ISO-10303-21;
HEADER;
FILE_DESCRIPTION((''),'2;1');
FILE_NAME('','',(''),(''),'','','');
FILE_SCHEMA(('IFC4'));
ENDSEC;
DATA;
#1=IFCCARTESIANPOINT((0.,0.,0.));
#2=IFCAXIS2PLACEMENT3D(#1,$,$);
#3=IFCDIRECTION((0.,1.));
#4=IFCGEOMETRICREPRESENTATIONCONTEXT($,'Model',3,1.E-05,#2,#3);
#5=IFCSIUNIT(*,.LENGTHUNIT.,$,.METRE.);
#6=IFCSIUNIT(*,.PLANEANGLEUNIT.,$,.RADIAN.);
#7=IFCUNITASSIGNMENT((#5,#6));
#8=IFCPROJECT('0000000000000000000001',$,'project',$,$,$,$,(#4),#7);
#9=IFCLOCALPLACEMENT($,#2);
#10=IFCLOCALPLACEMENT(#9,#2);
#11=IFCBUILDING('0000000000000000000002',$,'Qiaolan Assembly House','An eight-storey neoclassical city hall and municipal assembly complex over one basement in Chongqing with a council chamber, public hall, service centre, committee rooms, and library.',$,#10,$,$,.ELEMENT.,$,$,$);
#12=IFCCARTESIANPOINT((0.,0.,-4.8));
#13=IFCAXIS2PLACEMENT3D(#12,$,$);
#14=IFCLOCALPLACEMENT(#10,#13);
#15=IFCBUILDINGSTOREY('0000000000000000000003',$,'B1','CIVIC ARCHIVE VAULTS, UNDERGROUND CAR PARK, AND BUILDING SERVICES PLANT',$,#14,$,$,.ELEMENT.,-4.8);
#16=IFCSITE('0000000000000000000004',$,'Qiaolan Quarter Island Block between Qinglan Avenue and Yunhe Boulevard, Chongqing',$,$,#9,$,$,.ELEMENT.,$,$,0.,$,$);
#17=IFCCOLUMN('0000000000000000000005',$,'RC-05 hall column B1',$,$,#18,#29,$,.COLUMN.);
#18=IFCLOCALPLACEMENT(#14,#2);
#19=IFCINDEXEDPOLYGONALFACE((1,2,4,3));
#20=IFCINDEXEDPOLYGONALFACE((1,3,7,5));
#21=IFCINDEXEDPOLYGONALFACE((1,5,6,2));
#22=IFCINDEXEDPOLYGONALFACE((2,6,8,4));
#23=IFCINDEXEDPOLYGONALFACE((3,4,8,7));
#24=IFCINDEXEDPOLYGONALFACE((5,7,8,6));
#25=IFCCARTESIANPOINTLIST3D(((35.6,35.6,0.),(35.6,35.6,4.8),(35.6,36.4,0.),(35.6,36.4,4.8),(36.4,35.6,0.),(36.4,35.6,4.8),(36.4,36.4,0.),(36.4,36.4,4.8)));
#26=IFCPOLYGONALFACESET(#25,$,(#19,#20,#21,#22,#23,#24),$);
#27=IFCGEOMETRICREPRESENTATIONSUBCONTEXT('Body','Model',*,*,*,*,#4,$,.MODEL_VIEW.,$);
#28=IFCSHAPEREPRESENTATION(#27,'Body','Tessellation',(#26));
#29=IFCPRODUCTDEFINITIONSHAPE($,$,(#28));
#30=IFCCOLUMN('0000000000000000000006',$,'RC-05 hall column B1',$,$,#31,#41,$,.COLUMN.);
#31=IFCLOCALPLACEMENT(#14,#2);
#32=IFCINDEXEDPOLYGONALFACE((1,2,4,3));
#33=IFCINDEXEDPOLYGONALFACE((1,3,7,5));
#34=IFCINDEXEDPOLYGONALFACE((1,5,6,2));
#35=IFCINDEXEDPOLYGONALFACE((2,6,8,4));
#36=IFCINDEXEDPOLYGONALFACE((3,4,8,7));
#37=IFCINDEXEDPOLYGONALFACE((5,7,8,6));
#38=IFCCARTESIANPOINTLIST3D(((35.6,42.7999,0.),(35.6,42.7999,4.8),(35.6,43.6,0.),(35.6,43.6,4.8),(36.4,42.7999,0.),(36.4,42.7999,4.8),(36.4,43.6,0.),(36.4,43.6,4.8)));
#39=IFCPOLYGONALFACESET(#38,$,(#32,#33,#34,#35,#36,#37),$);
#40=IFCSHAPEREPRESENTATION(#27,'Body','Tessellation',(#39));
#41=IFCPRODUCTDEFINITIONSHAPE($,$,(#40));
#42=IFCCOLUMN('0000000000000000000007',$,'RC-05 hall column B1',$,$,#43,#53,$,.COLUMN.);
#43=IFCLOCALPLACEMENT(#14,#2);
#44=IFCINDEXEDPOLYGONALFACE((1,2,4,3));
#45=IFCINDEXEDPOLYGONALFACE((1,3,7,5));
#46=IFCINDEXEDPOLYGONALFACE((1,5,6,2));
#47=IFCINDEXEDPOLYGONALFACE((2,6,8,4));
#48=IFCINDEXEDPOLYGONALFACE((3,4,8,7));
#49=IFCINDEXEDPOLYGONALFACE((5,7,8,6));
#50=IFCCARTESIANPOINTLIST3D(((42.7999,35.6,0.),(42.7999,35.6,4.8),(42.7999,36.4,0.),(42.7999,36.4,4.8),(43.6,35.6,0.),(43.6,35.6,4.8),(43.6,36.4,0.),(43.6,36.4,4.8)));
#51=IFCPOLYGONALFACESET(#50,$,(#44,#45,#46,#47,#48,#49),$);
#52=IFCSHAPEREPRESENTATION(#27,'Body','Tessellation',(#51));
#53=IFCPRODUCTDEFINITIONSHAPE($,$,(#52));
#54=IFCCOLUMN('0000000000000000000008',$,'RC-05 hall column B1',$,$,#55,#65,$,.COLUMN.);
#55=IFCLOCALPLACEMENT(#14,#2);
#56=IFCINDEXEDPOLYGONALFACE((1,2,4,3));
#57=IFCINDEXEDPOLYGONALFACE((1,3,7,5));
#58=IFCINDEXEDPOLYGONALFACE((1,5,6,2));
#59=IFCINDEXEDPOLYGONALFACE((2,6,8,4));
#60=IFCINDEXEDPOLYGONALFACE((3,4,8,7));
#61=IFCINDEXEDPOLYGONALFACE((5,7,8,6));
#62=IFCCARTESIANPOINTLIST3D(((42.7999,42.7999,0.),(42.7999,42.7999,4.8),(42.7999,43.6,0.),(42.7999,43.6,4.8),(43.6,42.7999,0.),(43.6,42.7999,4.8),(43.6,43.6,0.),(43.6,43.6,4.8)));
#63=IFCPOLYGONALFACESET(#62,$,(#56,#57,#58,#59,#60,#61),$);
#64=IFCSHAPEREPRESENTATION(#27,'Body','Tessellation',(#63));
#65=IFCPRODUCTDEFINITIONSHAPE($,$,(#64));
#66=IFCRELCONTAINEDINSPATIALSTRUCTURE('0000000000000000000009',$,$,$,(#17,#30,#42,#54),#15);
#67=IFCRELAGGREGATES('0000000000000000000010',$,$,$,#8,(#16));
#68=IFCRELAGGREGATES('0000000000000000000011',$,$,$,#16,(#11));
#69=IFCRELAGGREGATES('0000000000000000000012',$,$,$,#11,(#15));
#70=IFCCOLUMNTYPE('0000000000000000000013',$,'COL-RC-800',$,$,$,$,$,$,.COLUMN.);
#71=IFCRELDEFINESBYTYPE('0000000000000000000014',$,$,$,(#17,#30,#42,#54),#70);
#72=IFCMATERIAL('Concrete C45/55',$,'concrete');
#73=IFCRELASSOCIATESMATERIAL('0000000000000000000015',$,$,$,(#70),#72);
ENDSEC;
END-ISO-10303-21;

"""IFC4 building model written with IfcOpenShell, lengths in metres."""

from ifc_helpers import new_model, si_unit, direction, frame, origin, origin_2d, place, context, subcontext, project, spatial, rectangle, extrude, material, material_profile, profile_set, type_object, element, save


model = new_model("IFC4")

# Units and contexts
model_context = context("Model", 3, precision=1e-05, world=origin(), true_north=direction((0.0, 1.0)))
body_context = subcontext(model_context, "Body", "Model", "MODEL_VIEW")
ifc_project = project(units=[si_unit("LENGTHUNIT", "METRE"), si_unit("PLANEANGLEUNIT", "RADIAN")], contexts=[model_context])

# Site, building, storey
site_placement = place(None, origin())
site = spatial("IfcSite", under=ifc_project, at=site_placement, Name="Qiaolan Quarter Island Block between Qinglan Avenue and Yunhe Boulevard, Chongqing", CompositionType="ELEMENT", RefElevation=0.0)
building_placement = place(site_placement, origin())
building = spatial("IfcBuilding", under=site, at=building_placement, Name="Qiaolan Assembly House", Description="An eight-storey neoclassical city hall and municipal assembly complex over one basement in Chongqing with a council chamber, public hall, service centre, committee rooms, and library.", CompositionType="ELEMENT")
storey_placement = place(building_placement, frame((0.0, 0.0, -4.8)))
storey = spatial("IfcBuildingStorey", under=building, at=storey_placement, Name="B1", Description="CIVIC ARCHIVE VAULTS, UNDERGROUND CAR PARK, AND BUILDING SERVICES PLANT", CompositionType="ELEMENT", Elevation=-4.8)

# Shared definitions
ifc_material_1 = material(Name="Concrete C45/55", Category="concrete")

# Columns
ifc_material_profile_1 = material_profile(ifc_material_1, rectangle(XDim=0.8, YDim=0.8, at=origin_2d()), Name="RC 800x800")
ifc_profile_set_1 = profile_set([ifc_material_profile_1], Name="Concrete C45/55")
column_type_1 = type_object("IfcColumnType", Name="COL-RC-800", PredefinedType="COLUMN", material=ifc_profile_set_1)
for number, where, z_axis, x_axis, name in (
    (1, (36.0, 36.0, 0.0), (0.0, 0.0, 1.0), (1.0, 0.0, 0.0), "RC-05 hall column B1"),
    (2, (36.0, 43.2, 0.0), (0.0, 0.0, 1.0), (1.0, 0.0, 0.0), "RC-05 hall column B1"),
    (3, (43.2, 36.0, 0.0), (0.0, 0.0, 1.0), (1.0, 0.0, 0.0), "RC-05 hall column B1"),
    (4, (43.2, 43.2, 0.0), (0.0, 0.0, 1.0), (1.0, 0.0, 0.0), "RC-05 hall column B1"),
):
    element("IfcColumn", number, at=place(storey_placement, frame(where, z_axis=z_axis, x_axis=x_axis)), inside=storey, type_object=column_type_1, Name=name, PredefinedType="COLUMN", context=body_context, shape_type="SweptSolid", body=[
        extrude(rectangle(XDim=0.8, YDim=0.8, at=origin_2d()), origin(), (0.0, 0.0, 1.0), 4.8),
    ])

save(model, "model.ifc")
